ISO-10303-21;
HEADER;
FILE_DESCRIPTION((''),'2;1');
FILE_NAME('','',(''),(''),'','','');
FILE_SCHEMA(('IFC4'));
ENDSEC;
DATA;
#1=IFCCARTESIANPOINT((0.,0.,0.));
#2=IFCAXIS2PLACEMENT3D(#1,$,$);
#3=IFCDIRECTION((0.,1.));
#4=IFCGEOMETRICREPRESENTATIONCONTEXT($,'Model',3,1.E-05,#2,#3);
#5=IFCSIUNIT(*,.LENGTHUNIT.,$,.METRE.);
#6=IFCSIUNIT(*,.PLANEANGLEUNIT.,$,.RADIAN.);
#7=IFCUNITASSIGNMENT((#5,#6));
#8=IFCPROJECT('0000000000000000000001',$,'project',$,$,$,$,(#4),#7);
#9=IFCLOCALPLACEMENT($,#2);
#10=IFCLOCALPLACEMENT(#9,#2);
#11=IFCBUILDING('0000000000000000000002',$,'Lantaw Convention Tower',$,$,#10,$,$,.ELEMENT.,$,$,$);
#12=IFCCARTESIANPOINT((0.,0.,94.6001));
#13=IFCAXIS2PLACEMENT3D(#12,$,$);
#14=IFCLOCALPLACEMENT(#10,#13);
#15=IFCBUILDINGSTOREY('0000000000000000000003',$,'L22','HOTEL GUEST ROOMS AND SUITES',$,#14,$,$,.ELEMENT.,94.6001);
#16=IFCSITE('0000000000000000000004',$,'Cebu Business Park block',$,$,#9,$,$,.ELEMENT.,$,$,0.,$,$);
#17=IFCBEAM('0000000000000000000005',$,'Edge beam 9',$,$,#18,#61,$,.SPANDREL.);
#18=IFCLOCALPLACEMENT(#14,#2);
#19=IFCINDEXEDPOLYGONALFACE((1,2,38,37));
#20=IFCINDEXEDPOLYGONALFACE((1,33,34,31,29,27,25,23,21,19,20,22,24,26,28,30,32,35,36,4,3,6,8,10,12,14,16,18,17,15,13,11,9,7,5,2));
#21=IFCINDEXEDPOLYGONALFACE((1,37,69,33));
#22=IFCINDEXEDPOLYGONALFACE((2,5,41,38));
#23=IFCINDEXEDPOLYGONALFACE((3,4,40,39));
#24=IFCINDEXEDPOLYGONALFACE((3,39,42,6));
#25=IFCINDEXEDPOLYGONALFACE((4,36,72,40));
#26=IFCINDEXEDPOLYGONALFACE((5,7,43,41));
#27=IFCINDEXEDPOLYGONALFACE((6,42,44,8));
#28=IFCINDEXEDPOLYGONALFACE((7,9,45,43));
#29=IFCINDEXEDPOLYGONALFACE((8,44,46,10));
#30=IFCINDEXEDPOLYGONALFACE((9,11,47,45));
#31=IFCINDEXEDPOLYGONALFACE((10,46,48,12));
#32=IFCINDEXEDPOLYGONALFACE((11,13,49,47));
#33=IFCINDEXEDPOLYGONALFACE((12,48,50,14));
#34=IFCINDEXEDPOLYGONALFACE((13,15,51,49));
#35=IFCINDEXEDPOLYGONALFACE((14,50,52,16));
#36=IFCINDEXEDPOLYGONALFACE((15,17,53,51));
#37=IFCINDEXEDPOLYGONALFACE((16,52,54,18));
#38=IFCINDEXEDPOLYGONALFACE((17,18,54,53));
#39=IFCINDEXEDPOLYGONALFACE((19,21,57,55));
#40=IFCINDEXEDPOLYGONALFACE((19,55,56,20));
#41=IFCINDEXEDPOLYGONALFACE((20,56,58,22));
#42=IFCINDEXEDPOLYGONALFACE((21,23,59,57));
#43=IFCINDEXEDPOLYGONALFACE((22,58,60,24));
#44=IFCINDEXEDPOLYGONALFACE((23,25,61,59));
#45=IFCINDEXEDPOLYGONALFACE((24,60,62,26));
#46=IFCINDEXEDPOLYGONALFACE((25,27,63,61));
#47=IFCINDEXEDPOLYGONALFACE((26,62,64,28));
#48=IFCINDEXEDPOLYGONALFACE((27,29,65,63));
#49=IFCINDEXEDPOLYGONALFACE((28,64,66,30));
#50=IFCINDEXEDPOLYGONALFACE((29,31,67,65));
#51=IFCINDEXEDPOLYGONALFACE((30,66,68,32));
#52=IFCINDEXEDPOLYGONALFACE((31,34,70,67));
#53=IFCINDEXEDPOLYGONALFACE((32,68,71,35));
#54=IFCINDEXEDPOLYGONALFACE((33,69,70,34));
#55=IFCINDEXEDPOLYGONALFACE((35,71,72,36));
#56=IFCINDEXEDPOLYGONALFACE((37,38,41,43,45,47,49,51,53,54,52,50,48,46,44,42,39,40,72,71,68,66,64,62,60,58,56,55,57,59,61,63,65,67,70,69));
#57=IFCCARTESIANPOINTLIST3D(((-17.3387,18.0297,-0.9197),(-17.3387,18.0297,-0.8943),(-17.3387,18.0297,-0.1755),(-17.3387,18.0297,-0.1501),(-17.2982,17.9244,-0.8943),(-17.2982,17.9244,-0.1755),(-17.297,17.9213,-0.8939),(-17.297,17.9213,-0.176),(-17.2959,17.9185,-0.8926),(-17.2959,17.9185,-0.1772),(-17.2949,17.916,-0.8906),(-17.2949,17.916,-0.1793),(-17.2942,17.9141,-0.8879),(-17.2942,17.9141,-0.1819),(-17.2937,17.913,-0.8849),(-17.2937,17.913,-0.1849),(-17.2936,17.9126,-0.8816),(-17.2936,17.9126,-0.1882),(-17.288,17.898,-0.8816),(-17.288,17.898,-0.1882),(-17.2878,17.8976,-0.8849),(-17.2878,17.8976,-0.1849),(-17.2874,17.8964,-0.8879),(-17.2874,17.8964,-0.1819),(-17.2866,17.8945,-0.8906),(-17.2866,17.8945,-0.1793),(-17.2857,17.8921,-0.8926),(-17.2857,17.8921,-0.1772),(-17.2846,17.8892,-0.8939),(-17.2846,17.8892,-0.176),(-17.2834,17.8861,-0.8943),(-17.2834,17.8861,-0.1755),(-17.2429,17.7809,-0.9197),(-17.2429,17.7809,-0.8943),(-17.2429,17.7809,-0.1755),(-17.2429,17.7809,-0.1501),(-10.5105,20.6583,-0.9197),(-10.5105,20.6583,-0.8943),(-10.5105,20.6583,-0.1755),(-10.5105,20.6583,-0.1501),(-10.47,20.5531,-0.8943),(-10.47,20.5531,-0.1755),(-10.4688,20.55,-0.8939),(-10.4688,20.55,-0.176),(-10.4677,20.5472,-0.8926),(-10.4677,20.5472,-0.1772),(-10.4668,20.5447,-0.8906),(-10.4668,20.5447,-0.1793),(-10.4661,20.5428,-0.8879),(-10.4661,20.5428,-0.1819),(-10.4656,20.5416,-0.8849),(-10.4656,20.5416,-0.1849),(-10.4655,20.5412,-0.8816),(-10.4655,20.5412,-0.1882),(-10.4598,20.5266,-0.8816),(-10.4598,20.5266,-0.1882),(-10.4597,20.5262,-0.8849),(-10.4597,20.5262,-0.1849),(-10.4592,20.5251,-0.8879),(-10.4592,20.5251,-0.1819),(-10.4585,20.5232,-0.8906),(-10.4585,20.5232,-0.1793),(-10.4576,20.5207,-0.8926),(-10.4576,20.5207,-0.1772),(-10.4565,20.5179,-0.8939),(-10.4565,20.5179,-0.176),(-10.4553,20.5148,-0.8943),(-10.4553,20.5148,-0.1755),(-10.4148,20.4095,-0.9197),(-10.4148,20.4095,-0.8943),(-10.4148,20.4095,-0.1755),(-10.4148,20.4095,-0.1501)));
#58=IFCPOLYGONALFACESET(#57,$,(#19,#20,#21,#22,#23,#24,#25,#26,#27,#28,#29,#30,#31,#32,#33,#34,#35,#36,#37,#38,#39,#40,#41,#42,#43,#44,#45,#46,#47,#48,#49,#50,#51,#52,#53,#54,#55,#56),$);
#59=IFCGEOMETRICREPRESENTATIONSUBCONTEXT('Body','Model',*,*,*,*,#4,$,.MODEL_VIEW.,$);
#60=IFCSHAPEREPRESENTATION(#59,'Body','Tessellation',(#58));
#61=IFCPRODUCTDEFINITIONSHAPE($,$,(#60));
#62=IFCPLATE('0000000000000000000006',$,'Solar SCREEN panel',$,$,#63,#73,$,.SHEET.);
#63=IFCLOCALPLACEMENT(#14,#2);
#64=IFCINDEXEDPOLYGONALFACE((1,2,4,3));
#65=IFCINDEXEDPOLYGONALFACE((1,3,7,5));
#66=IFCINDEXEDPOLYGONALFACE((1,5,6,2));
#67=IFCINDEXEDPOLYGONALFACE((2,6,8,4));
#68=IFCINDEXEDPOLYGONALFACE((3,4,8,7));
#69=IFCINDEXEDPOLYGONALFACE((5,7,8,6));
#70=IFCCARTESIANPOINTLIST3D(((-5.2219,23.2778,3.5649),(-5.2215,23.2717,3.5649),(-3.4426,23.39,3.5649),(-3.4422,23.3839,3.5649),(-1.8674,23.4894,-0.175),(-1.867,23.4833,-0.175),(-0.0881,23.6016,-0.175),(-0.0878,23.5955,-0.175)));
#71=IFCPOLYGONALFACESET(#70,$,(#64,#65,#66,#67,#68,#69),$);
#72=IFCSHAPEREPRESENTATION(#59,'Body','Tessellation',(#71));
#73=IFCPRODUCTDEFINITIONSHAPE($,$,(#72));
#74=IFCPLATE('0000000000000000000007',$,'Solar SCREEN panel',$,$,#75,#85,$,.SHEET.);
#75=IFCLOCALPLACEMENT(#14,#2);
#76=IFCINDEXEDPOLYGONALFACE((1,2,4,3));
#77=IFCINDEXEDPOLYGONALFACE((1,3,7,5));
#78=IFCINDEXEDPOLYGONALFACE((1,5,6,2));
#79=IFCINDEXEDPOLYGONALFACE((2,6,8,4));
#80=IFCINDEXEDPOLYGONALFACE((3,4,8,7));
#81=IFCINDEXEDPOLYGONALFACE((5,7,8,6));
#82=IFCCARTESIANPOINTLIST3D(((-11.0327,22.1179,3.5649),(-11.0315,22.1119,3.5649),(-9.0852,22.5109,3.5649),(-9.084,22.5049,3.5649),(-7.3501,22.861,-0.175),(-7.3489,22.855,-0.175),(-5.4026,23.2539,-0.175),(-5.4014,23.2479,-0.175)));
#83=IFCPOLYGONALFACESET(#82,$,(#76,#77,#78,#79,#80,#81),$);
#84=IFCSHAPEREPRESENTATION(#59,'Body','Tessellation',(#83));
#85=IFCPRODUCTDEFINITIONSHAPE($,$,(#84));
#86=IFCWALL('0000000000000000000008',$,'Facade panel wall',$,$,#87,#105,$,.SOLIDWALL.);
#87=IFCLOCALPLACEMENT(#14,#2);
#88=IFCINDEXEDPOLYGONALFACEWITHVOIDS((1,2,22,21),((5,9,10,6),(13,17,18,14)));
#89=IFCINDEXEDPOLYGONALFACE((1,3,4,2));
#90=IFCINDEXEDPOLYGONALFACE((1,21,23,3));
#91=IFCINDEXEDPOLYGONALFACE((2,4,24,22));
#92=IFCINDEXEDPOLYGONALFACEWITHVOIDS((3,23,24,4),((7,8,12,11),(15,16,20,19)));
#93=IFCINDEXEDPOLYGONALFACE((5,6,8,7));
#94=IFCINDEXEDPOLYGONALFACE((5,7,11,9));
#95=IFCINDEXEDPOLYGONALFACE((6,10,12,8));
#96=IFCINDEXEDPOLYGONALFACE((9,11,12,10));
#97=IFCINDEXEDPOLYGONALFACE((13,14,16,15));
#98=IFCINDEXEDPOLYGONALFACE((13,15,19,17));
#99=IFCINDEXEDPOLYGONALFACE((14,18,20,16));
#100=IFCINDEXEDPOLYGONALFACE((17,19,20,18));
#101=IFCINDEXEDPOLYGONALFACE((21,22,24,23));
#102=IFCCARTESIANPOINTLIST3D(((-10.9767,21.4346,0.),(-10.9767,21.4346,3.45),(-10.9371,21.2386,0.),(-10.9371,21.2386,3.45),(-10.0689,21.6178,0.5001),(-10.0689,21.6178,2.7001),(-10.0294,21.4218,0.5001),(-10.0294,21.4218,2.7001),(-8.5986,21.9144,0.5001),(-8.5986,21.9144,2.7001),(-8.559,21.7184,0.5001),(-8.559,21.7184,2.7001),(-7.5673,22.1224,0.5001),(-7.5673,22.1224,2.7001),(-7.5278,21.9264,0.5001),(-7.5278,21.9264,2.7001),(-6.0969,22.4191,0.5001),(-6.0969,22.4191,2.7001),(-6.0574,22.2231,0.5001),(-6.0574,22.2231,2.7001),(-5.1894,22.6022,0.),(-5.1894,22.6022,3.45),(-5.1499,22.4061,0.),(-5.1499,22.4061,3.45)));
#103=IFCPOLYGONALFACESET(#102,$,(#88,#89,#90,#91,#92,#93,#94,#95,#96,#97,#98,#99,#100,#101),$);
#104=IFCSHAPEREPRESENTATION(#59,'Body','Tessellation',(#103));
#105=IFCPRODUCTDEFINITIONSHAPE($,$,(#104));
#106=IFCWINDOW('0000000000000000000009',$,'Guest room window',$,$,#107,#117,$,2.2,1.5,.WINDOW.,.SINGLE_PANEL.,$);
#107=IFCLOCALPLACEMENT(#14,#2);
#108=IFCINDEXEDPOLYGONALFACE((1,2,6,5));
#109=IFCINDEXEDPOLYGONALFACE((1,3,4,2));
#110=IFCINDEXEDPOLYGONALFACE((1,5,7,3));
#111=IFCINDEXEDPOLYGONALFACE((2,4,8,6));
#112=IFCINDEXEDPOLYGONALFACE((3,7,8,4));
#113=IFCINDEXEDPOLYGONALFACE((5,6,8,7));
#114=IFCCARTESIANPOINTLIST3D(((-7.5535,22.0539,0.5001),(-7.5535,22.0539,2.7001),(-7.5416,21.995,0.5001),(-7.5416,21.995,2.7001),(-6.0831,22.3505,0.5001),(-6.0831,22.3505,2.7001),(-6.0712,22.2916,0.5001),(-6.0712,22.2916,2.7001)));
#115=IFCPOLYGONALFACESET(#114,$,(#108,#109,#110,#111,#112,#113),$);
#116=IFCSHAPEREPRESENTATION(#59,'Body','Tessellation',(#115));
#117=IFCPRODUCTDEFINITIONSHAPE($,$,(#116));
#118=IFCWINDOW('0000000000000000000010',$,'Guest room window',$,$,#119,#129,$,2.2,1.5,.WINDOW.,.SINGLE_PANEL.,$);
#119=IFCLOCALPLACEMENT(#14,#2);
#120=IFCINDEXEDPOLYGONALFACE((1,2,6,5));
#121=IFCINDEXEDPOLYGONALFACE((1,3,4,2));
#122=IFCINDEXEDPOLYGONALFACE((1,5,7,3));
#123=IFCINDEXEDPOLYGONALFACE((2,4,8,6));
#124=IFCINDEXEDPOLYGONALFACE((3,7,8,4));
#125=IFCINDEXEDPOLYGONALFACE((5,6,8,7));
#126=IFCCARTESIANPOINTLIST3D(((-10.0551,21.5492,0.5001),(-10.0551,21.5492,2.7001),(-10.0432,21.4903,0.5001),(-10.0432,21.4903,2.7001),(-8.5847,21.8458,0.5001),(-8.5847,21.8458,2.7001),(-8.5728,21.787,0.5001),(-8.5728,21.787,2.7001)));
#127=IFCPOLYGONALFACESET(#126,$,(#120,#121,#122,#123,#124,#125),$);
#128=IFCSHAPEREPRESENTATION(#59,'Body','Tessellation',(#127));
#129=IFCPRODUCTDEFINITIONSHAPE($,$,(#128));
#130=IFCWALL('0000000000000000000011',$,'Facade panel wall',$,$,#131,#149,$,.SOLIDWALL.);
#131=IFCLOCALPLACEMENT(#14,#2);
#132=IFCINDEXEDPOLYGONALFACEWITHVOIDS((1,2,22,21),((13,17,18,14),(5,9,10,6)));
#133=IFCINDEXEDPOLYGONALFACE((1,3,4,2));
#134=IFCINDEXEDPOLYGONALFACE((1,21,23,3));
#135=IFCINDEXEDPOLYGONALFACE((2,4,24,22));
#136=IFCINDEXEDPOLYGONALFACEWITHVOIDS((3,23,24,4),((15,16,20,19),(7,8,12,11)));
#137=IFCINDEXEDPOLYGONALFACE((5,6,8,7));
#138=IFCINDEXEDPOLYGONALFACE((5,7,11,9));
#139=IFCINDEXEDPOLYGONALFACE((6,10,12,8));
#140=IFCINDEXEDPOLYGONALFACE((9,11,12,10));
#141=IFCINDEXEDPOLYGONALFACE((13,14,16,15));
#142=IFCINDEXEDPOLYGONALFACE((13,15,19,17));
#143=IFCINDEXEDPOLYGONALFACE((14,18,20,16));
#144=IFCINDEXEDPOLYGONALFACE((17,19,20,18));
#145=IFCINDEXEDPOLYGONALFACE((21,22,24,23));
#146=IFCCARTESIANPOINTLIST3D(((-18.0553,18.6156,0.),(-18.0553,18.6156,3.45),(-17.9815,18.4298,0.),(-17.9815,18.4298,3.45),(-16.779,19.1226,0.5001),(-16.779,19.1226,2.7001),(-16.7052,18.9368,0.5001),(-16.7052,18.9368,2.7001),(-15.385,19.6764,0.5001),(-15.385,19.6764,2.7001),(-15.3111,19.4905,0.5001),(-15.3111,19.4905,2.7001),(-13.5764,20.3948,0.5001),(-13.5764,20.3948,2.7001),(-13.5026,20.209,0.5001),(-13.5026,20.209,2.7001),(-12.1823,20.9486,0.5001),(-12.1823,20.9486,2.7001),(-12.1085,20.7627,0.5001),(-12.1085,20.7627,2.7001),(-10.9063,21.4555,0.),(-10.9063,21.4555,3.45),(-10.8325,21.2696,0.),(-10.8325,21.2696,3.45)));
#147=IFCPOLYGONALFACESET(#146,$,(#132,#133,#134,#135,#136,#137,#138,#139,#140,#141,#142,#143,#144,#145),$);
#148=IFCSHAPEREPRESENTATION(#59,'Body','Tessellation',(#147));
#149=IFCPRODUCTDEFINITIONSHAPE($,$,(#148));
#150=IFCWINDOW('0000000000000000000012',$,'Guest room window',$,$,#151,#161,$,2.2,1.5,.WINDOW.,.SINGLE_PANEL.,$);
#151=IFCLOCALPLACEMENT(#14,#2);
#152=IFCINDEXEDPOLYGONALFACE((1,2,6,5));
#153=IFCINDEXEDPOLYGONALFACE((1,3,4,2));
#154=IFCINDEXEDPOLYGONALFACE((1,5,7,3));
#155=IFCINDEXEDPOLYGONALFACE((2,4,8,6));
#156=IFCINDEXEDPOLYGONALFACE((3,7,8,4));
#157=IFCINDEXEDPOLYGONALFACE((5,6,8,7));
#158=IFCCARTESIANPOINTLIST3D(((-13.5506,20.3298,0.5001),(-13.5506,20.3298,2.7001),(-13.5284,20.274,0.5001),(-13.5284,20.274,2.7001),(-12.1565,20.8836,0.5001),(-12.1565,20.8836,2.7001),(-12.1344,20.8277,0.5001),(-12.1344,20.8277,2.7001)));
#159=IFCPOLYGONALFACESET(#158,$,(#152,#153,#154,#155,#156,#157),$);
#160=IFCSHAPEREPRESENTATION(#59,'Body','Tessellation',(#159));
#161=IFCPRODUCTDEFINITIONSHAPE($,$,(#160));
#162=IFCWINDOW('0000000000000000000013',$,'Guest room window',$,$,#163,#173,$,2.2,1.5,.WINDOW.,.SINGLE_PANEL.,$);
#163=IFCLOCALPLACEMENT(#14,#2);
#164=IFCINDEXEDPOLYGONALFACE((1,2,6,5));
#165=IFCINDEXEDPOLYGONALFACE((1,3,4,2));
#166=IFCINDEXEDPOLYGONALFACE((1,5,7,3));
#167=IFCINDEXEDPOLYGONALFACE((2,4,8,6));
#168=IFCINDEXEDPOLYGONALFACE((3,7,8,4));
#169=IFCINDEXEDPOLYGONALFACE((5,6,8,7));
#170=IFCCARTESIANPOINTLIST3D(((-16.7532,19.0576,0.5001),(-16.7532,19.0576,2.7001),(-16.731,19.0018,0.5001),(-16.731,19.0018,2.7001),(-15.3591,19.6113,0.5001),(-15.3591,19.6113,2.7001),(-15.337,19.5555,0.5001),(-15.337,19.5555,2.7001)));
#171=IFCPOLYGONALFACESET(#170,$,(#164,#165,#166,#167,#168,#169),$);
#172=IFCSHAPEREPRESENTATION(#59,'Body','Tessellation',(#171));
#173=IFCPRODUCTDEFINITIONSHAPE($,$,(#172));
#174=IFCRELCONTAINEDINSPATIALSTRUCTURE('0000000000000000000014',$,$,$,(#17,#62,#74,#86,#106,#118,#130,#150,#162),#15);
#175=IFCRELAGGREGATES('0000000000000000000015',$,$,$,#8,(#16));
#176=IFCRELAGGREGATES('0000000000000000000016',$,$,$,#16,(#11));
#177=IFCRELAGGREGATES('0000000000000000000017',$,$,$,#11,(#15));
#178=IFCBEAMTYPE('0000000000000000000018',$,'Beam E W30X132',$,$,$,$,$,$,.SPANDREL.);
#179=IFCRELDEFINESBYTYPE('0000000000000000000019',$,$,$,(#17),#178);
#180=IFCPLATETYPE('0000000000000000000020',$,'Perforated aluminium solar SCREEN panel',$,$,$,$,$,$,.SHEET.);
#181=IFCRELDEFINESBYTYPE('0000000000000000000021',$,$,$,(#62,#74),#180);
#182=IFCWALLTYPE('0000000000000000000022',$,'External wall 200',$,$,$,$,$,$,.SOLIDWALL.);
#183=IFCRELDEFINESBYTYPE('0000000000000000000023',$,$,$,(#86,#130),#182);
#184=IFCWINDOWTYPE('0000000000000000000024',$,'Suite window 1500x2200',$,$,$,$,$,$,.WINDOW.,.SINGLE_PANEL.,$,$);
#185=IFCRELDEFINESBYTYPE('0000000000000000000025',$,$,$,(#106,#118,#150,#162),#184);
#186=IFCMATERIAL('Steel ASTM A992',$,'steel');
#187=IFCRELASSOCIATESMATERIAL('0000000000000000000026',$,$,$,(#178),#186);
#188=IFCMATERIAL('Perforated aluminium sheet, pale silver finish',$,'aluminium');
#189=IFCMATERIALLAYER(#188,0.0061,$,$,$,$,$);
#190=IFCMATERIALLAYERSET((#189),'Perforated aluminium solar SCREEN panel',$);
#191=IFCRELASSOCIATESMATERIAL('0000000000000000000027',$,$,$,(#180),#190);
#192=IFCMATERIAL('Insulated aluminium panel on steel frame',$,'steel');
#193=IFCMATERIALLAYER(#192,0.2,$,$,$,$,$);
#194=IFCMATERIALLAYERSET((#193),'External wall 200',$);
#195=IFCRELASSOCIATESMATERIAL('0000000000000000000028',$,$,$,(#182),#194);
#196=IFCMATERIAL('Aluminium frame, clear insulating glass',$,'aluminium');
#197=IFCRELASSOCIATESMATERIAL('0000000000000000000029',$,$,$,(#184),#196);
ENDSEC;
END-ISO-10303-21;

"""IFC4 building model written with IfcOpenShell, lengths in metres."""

from ifc_helpers import new_model, si_unit, direction, frame, frame_2d, origin, origin_2d, place, context, subcontext, project, spatial, polyline, rectangle, i_section, outline, extrude, material, layer, layer_set, material_profile, profile_set, type_object, element, fill, save


model = new_model("IFC4")

# Units and contexts
model_context = context("Model", 3, precision=1e-05, world=origin(), true_north=direction((0.0, 1.0)))
body_context = subcontext(model_context, "Body", "Model", "MODEL_VIEW")
ifc_project = project(units=[si_unit("LENGTHUNIT", "METRE"), si_unit("PLANEANGLEUNIT", "RADIAN")], contexts=[model_context])

# Site, building, storey
site_placement = place(None, origin())
site = spatial("IfcSite", under=ifc_project, at=site_placement, Name="Cebu Business Park block", CompositionType="ELEMENT", RefElevation=0.0)
building_placement = place(site_placement, origin())
building = spatial("IfcBuilding", under=site, at=building_placement, Name="Lantaw Convention Tower", CompositionType="ELEMENT")
storey_placement = place(building_placement, frame((0.0, 0.0, 94.6001)))
storey = spatial("IfcBuildingStorey", under=building, at=storey_placement, Name="L22", Description="HOTEL GUEST ROOMS AND SUITES", CompositionType="ELEMENT", Elevation=94.6001)

# Beam
ifc_material_1 = material(Name="Steel ASTM A992", Category="steel")
ifc_material_profile_1 = material_profile(ifc_material_1, i_section(OverallWidth=0.2666, OverallDepth=0.7695, WebThickness=0.0156, FlangeThickness=0.0254, FilletRadius=0.0127, at=origin_2d()), Name="W30X132")
ifc_profile_set_1 = profile_set([ifc_material_profile_1], Name="Steel ASTM A992")
beam_type = type_object("IfcBeamType", Name="Beam E W30X132", PredefinedType="SPANDREL", material=ifc_profile_set_1)
beam_1_placement = place(storey_placement, frame((-10.4626, 20.5339, -0.5349), z_axis=(-0.933233, -0.359272, 0.0), x_axis=(0.359272, -0.933233, 0.0)))
element("IfcBeam", 1, at=beam_1_placement, inside=storey, type_object=beam_type, Name="Edge beam 9", PredefinedType="SPANDREL", context=body_context, shape_type="SweptSolid", body=[
    extrude(i_section(OverallWidth=0.2666, OverallDepth=0.7695, WebThickness=0.0156, FlangeThickness=0.0254, FilletRadius=0.0127, at=origin_2d()), origin(), (0.0, 0.0, 1.0), 7.3167),
])

# Plates
ifc_material_2 = material(Name="Perforated aluminium sheet, pale silver finish", Category="aluminium")
ifc_layer_1 = layer(ifc_material_2, 0.0061)
ifc_layer_set_1 = layer_set([ifc_layer_1], Name="Perforated aluminium solar SCREEN panel")
plate_type = type_object("IfcPlateType", Name="Perforated aluminium solar SCREEN panel", PredefinedType="SHEET", material=ifc_layer_set_1)
plate_1_placement = place(storey_placement, frame((-0.0881, 23.6016, -0.175), z_axis=(-0.062924, 0.998018, 0.000014), x_axis=(-0.998018, -0.062924, 0.0)))
element("IfcPlate", 2, at=plate_1_placement, inside=storey, type_object=plate_type, Name="Solar SCREEN panel", PredefinedType="SHEET", context=body_context, shape_type="SweptSolid", body=[
    extrude(outline(polyline([(0.0, 0.0), (1.7828, 0.0), (5.144, 3.74), (3.3611, 3.74), (0.0, 0.0)])), origin(), (0.0, 0.0, -1.0), 0.0061),
])
plate_2_placement = place(storey_placement, frame((-5.4026, 23.2539, -0.175), z_axis=(-0.197782, 0.980246, 0.000002), x_axis=(-0.980246, -0.197782, 0.0)))
element("IfcPlate", 3, at=plate_2_placement, inside=storey, type_object=plate_type, Name="Solar SCREEN panel", PredefinedType="SHEET", context=body_context, shape_type="SweptSolid", body=[
    extrude(outline(polyline([(0.0, 0.0), (1.9867, 0.0), (5.7436, 3.74), (3.7568, 3.74), (0.0, 0.0)])), origin(), (0.0, 0.0, -1.0), 0.0061),
])

# Walls, openings, windows
ifc_material_3 = material(Name="Insulated aluminium panel on steel frame", Category="steel")
ifc_layer_2 = layer(ifc_material_3, 0.2)
ifc_layer_set_2 = layer_set([ifc_layer_2], Name="External wall 200")
wall_type_1 = type_object("IfcWallType", Name="External wall 200", PredefinedType="SOLIDWALL", material=ifc_layer_set_2)
wall_1_placement = place(storey_placement, frame((-5.1697, 22.5042, 0.0), z_axis=(0.0, 0.0, 1.0), x_axis=(-0.980252, -0.197754, 0.0)))
wall_1 = element("IfcWall", 4, at=wall_1_placement, inside=storey, type_object=wall_type_1, Name="Facade panel wall", PredefinedType="SOLIDWALL", context=body_context, shape_type="SweptSolid", body=[
    extrude(rectangle(XDim=5.9038, YDim=0.2, at=frame_2d((2.9519, 0.0))), origin(), (0.0, 0.0, 1.0), 3.45),
])
opening_1_placement = place(wall_1_placement, frame((0.9258, 0.0, 0.5)))
opening_1 = element("IfcOpeningElement", 5, at=opening_1_placement, cuts=wall_1, PredefinedType="OPENING", context=body_context, shape_type="SweptSolid", body=[
    extrude(rectangle(XDim=1.5, YDim=2.2, at=frame_2d((0.75, 1.1001))), frame((0.0, 0.1099, 0.0), z_axis=(0.0, -1.0, 0.0), x_axis=(1.0, 0.0, 0.0)), (0.0, 0.0, 1.0), 0.22),
])
opening_2_placement = place(wall_1_placement, frame((3.4778, 0.0, 0.5)))
opening_2 = element("IfcOpeningElement", 6, at=opening_2_placement, cuts=wall_1, PredefinedType="OPENING", context=body_context, shape_type="SweptSolid", body=[
    extrude(rectangle(XDim=1.5, YDim=2.2, at=frame_2d((0.75, 1.1001))), frame((0.0, 0.1099, 0.0), z_axis=(0.0, -1.0, 0.0), x_axis=(1.0, 0.0, 0.0)), (0.0, 0.0, 1.0), 0.22),
])
ifc_material_4 = material(Name="Aluminium frame, clear insulating glass", Category="aluminium")
window_type = type_object("IfcWindowType", Name="Suite window 1500x2200", PartitioningType="SINGLE_PANEL", PredefinedType="WINDOW", material=ifc_material_4)
window_1_placement = place(opening_1_placement, origin())
window_1 = element("IfcWindow", 7, at=window_1_placement, inside=storey, type_object=window_type, Name="Guest room window", OverallHeight=2.2, OverallWidth=1.5, PartitioningType="SINGLE_PANEL", PredefinedType="WINDOW", context=body_context, shape_type="SweptSolid", body=[
    extrude(rectangle(XDim=1.5, YDim=2.2, at=frame_2d((0.75, 1.1001))), frame((0.0, 0.03, 0.0), z_axis=(0.0, -1.0, 0.0), x_axis=(1.0, 0.0, 0.0)), (0.0, 0.0, 1.0), 0.0601),
])
fill(opening_1, window_1)
window_2_placement = place(opening_2_placement, origin())
window_2 = element("IfcWindow", 8, at=window_2_placement, inside=storey, type_object=window_type, Name="Guest room window", OverallHeight=2.2, OverallWidth=1.5, PartitioningType="SINGLE_PANEL", PredefinedType="WINDOW", context=body_context, shape_type="SweptSolid", body=[
    extrude(rectangle(XDim=1.5, YDim=2.2, at=frame_2d((0.75, 1.1001))), frame((0.0, 0.03, 0.0), z_axis=(0.0, -1.0, 0.0), x_axis=(1.0, 0.0, 0.0)), (0.0, 0.0, 1.0), 0.0601),
])
fill(opening_2, window_2)
wall_2_placement = place(storey_placement, frame((-10.8694, 21.3625, 0.0), z_axis=(0.0, 0.0, 1.0), x_axis=(-0.929358, -0.369179, 0.0)))
wall_2 = element("IfcWall", 9, at=wall_2_placement, inside=storey, type_object=wall_type_1, Name="Facade panel wall", PredefinedType="SOLIDWALL", context=body_context, shape_type="SweptSolid", body=[
    extrude(rectangle(XDim=7.6924, YDim=0.2, at=frame_2d((3.8462, 0.0))), origin(), (0.0, 0.0, 1.0), 3.45),
])
opening_3_placement = place(wall_2_placement, frame((1.373, 0.0, 0.5)))
opening_3 = element("IfcOpeningElement", 10, at=opening_3_placement, cuts=wall_2, PredefinedType="OPENING", context=body_context, shape_type="SweptSolid", body=[
    extrude(rectangle(XDim=1.5, YDim=2.2, at=frame_2d((0.75, 1.1001))), frame((0.0, 0.1099, 0.0), z_axis=(0.0, -1.0, 0.0), x_axis=(1.0, 0.0, 0.0)), (0.0, 0.0, 1.0), 0.22),
])
opening_4_placement = place(wall_2_placement, frame((4.8191, 0.0, 0.5)))
opening_4 = element("IfcOpeningElement", 11, at=opening_4_placement, cuts=wall_2, PredefinedType="OPENING", context=body_context, shape_type="SweptSolid", body=[
    extrude(rectangle(XDim=1.5, YDim=2.2, at=frame_2d((0.75, 1.1001))), frame((0.0, 0.1099, 0.0), z_axis=(0.0, -1.0, 0.0), x_axis=(1.0, 0.0, 0.0)), (0.0, 0.0, 1.0), 0.22),
])
window_3_placement = place(opening_3_placement, origin())
window_3 = element("IfcWindow", 12, at=window_3_placement, inside=storey, type_object=window_type, Name="Guest room window", OverallHeight=2.2, OverallWidth=1.5, PartitioningType="SINGLE_PANEL", PredefinedType="WINDOW", context=body_context, shape_type="SweptSolid", body=[
    extrude(rectangle(XDim=1.5, YDim=2.2, at=frame_2d((0.75, 1.1001))), frame((0.0, 0.03, 0.0), z_axis=(0.0, -1.0, 0.0), x_axis=(1.0, 0.0, 0.0)), (0.0, 0.0, 1.0), 0.0601),
])
fill(opening_3, window_3)
window_4_placement = place(opening_4_placement, origin())
window_4 = element("IfcWindow", 13, at=window_4_placement, inside=storey, type_object=window_type, Name="Guest room window", OverallHeight=2.2, OverallWidth=1.5, PartitioningType="SINGLE_PANEL", PredefinedType="WINDOW", context=body_context, shape_type="SweptSolid", body=[
    extrude(rectangle(XDim=1.5, YDim=2.2, at=frame_2d((0.75, 1.1001))), frame((0.0, 0.03, 0.0), z_axis=(0.0, -1.0, 0.0), x_axis=(1.0, 0.0, 0.0)), (0.0, 0.0, 1.0), 0.0601),
])
fill(opening_4, window_4)

save(model, "model.ifc")
